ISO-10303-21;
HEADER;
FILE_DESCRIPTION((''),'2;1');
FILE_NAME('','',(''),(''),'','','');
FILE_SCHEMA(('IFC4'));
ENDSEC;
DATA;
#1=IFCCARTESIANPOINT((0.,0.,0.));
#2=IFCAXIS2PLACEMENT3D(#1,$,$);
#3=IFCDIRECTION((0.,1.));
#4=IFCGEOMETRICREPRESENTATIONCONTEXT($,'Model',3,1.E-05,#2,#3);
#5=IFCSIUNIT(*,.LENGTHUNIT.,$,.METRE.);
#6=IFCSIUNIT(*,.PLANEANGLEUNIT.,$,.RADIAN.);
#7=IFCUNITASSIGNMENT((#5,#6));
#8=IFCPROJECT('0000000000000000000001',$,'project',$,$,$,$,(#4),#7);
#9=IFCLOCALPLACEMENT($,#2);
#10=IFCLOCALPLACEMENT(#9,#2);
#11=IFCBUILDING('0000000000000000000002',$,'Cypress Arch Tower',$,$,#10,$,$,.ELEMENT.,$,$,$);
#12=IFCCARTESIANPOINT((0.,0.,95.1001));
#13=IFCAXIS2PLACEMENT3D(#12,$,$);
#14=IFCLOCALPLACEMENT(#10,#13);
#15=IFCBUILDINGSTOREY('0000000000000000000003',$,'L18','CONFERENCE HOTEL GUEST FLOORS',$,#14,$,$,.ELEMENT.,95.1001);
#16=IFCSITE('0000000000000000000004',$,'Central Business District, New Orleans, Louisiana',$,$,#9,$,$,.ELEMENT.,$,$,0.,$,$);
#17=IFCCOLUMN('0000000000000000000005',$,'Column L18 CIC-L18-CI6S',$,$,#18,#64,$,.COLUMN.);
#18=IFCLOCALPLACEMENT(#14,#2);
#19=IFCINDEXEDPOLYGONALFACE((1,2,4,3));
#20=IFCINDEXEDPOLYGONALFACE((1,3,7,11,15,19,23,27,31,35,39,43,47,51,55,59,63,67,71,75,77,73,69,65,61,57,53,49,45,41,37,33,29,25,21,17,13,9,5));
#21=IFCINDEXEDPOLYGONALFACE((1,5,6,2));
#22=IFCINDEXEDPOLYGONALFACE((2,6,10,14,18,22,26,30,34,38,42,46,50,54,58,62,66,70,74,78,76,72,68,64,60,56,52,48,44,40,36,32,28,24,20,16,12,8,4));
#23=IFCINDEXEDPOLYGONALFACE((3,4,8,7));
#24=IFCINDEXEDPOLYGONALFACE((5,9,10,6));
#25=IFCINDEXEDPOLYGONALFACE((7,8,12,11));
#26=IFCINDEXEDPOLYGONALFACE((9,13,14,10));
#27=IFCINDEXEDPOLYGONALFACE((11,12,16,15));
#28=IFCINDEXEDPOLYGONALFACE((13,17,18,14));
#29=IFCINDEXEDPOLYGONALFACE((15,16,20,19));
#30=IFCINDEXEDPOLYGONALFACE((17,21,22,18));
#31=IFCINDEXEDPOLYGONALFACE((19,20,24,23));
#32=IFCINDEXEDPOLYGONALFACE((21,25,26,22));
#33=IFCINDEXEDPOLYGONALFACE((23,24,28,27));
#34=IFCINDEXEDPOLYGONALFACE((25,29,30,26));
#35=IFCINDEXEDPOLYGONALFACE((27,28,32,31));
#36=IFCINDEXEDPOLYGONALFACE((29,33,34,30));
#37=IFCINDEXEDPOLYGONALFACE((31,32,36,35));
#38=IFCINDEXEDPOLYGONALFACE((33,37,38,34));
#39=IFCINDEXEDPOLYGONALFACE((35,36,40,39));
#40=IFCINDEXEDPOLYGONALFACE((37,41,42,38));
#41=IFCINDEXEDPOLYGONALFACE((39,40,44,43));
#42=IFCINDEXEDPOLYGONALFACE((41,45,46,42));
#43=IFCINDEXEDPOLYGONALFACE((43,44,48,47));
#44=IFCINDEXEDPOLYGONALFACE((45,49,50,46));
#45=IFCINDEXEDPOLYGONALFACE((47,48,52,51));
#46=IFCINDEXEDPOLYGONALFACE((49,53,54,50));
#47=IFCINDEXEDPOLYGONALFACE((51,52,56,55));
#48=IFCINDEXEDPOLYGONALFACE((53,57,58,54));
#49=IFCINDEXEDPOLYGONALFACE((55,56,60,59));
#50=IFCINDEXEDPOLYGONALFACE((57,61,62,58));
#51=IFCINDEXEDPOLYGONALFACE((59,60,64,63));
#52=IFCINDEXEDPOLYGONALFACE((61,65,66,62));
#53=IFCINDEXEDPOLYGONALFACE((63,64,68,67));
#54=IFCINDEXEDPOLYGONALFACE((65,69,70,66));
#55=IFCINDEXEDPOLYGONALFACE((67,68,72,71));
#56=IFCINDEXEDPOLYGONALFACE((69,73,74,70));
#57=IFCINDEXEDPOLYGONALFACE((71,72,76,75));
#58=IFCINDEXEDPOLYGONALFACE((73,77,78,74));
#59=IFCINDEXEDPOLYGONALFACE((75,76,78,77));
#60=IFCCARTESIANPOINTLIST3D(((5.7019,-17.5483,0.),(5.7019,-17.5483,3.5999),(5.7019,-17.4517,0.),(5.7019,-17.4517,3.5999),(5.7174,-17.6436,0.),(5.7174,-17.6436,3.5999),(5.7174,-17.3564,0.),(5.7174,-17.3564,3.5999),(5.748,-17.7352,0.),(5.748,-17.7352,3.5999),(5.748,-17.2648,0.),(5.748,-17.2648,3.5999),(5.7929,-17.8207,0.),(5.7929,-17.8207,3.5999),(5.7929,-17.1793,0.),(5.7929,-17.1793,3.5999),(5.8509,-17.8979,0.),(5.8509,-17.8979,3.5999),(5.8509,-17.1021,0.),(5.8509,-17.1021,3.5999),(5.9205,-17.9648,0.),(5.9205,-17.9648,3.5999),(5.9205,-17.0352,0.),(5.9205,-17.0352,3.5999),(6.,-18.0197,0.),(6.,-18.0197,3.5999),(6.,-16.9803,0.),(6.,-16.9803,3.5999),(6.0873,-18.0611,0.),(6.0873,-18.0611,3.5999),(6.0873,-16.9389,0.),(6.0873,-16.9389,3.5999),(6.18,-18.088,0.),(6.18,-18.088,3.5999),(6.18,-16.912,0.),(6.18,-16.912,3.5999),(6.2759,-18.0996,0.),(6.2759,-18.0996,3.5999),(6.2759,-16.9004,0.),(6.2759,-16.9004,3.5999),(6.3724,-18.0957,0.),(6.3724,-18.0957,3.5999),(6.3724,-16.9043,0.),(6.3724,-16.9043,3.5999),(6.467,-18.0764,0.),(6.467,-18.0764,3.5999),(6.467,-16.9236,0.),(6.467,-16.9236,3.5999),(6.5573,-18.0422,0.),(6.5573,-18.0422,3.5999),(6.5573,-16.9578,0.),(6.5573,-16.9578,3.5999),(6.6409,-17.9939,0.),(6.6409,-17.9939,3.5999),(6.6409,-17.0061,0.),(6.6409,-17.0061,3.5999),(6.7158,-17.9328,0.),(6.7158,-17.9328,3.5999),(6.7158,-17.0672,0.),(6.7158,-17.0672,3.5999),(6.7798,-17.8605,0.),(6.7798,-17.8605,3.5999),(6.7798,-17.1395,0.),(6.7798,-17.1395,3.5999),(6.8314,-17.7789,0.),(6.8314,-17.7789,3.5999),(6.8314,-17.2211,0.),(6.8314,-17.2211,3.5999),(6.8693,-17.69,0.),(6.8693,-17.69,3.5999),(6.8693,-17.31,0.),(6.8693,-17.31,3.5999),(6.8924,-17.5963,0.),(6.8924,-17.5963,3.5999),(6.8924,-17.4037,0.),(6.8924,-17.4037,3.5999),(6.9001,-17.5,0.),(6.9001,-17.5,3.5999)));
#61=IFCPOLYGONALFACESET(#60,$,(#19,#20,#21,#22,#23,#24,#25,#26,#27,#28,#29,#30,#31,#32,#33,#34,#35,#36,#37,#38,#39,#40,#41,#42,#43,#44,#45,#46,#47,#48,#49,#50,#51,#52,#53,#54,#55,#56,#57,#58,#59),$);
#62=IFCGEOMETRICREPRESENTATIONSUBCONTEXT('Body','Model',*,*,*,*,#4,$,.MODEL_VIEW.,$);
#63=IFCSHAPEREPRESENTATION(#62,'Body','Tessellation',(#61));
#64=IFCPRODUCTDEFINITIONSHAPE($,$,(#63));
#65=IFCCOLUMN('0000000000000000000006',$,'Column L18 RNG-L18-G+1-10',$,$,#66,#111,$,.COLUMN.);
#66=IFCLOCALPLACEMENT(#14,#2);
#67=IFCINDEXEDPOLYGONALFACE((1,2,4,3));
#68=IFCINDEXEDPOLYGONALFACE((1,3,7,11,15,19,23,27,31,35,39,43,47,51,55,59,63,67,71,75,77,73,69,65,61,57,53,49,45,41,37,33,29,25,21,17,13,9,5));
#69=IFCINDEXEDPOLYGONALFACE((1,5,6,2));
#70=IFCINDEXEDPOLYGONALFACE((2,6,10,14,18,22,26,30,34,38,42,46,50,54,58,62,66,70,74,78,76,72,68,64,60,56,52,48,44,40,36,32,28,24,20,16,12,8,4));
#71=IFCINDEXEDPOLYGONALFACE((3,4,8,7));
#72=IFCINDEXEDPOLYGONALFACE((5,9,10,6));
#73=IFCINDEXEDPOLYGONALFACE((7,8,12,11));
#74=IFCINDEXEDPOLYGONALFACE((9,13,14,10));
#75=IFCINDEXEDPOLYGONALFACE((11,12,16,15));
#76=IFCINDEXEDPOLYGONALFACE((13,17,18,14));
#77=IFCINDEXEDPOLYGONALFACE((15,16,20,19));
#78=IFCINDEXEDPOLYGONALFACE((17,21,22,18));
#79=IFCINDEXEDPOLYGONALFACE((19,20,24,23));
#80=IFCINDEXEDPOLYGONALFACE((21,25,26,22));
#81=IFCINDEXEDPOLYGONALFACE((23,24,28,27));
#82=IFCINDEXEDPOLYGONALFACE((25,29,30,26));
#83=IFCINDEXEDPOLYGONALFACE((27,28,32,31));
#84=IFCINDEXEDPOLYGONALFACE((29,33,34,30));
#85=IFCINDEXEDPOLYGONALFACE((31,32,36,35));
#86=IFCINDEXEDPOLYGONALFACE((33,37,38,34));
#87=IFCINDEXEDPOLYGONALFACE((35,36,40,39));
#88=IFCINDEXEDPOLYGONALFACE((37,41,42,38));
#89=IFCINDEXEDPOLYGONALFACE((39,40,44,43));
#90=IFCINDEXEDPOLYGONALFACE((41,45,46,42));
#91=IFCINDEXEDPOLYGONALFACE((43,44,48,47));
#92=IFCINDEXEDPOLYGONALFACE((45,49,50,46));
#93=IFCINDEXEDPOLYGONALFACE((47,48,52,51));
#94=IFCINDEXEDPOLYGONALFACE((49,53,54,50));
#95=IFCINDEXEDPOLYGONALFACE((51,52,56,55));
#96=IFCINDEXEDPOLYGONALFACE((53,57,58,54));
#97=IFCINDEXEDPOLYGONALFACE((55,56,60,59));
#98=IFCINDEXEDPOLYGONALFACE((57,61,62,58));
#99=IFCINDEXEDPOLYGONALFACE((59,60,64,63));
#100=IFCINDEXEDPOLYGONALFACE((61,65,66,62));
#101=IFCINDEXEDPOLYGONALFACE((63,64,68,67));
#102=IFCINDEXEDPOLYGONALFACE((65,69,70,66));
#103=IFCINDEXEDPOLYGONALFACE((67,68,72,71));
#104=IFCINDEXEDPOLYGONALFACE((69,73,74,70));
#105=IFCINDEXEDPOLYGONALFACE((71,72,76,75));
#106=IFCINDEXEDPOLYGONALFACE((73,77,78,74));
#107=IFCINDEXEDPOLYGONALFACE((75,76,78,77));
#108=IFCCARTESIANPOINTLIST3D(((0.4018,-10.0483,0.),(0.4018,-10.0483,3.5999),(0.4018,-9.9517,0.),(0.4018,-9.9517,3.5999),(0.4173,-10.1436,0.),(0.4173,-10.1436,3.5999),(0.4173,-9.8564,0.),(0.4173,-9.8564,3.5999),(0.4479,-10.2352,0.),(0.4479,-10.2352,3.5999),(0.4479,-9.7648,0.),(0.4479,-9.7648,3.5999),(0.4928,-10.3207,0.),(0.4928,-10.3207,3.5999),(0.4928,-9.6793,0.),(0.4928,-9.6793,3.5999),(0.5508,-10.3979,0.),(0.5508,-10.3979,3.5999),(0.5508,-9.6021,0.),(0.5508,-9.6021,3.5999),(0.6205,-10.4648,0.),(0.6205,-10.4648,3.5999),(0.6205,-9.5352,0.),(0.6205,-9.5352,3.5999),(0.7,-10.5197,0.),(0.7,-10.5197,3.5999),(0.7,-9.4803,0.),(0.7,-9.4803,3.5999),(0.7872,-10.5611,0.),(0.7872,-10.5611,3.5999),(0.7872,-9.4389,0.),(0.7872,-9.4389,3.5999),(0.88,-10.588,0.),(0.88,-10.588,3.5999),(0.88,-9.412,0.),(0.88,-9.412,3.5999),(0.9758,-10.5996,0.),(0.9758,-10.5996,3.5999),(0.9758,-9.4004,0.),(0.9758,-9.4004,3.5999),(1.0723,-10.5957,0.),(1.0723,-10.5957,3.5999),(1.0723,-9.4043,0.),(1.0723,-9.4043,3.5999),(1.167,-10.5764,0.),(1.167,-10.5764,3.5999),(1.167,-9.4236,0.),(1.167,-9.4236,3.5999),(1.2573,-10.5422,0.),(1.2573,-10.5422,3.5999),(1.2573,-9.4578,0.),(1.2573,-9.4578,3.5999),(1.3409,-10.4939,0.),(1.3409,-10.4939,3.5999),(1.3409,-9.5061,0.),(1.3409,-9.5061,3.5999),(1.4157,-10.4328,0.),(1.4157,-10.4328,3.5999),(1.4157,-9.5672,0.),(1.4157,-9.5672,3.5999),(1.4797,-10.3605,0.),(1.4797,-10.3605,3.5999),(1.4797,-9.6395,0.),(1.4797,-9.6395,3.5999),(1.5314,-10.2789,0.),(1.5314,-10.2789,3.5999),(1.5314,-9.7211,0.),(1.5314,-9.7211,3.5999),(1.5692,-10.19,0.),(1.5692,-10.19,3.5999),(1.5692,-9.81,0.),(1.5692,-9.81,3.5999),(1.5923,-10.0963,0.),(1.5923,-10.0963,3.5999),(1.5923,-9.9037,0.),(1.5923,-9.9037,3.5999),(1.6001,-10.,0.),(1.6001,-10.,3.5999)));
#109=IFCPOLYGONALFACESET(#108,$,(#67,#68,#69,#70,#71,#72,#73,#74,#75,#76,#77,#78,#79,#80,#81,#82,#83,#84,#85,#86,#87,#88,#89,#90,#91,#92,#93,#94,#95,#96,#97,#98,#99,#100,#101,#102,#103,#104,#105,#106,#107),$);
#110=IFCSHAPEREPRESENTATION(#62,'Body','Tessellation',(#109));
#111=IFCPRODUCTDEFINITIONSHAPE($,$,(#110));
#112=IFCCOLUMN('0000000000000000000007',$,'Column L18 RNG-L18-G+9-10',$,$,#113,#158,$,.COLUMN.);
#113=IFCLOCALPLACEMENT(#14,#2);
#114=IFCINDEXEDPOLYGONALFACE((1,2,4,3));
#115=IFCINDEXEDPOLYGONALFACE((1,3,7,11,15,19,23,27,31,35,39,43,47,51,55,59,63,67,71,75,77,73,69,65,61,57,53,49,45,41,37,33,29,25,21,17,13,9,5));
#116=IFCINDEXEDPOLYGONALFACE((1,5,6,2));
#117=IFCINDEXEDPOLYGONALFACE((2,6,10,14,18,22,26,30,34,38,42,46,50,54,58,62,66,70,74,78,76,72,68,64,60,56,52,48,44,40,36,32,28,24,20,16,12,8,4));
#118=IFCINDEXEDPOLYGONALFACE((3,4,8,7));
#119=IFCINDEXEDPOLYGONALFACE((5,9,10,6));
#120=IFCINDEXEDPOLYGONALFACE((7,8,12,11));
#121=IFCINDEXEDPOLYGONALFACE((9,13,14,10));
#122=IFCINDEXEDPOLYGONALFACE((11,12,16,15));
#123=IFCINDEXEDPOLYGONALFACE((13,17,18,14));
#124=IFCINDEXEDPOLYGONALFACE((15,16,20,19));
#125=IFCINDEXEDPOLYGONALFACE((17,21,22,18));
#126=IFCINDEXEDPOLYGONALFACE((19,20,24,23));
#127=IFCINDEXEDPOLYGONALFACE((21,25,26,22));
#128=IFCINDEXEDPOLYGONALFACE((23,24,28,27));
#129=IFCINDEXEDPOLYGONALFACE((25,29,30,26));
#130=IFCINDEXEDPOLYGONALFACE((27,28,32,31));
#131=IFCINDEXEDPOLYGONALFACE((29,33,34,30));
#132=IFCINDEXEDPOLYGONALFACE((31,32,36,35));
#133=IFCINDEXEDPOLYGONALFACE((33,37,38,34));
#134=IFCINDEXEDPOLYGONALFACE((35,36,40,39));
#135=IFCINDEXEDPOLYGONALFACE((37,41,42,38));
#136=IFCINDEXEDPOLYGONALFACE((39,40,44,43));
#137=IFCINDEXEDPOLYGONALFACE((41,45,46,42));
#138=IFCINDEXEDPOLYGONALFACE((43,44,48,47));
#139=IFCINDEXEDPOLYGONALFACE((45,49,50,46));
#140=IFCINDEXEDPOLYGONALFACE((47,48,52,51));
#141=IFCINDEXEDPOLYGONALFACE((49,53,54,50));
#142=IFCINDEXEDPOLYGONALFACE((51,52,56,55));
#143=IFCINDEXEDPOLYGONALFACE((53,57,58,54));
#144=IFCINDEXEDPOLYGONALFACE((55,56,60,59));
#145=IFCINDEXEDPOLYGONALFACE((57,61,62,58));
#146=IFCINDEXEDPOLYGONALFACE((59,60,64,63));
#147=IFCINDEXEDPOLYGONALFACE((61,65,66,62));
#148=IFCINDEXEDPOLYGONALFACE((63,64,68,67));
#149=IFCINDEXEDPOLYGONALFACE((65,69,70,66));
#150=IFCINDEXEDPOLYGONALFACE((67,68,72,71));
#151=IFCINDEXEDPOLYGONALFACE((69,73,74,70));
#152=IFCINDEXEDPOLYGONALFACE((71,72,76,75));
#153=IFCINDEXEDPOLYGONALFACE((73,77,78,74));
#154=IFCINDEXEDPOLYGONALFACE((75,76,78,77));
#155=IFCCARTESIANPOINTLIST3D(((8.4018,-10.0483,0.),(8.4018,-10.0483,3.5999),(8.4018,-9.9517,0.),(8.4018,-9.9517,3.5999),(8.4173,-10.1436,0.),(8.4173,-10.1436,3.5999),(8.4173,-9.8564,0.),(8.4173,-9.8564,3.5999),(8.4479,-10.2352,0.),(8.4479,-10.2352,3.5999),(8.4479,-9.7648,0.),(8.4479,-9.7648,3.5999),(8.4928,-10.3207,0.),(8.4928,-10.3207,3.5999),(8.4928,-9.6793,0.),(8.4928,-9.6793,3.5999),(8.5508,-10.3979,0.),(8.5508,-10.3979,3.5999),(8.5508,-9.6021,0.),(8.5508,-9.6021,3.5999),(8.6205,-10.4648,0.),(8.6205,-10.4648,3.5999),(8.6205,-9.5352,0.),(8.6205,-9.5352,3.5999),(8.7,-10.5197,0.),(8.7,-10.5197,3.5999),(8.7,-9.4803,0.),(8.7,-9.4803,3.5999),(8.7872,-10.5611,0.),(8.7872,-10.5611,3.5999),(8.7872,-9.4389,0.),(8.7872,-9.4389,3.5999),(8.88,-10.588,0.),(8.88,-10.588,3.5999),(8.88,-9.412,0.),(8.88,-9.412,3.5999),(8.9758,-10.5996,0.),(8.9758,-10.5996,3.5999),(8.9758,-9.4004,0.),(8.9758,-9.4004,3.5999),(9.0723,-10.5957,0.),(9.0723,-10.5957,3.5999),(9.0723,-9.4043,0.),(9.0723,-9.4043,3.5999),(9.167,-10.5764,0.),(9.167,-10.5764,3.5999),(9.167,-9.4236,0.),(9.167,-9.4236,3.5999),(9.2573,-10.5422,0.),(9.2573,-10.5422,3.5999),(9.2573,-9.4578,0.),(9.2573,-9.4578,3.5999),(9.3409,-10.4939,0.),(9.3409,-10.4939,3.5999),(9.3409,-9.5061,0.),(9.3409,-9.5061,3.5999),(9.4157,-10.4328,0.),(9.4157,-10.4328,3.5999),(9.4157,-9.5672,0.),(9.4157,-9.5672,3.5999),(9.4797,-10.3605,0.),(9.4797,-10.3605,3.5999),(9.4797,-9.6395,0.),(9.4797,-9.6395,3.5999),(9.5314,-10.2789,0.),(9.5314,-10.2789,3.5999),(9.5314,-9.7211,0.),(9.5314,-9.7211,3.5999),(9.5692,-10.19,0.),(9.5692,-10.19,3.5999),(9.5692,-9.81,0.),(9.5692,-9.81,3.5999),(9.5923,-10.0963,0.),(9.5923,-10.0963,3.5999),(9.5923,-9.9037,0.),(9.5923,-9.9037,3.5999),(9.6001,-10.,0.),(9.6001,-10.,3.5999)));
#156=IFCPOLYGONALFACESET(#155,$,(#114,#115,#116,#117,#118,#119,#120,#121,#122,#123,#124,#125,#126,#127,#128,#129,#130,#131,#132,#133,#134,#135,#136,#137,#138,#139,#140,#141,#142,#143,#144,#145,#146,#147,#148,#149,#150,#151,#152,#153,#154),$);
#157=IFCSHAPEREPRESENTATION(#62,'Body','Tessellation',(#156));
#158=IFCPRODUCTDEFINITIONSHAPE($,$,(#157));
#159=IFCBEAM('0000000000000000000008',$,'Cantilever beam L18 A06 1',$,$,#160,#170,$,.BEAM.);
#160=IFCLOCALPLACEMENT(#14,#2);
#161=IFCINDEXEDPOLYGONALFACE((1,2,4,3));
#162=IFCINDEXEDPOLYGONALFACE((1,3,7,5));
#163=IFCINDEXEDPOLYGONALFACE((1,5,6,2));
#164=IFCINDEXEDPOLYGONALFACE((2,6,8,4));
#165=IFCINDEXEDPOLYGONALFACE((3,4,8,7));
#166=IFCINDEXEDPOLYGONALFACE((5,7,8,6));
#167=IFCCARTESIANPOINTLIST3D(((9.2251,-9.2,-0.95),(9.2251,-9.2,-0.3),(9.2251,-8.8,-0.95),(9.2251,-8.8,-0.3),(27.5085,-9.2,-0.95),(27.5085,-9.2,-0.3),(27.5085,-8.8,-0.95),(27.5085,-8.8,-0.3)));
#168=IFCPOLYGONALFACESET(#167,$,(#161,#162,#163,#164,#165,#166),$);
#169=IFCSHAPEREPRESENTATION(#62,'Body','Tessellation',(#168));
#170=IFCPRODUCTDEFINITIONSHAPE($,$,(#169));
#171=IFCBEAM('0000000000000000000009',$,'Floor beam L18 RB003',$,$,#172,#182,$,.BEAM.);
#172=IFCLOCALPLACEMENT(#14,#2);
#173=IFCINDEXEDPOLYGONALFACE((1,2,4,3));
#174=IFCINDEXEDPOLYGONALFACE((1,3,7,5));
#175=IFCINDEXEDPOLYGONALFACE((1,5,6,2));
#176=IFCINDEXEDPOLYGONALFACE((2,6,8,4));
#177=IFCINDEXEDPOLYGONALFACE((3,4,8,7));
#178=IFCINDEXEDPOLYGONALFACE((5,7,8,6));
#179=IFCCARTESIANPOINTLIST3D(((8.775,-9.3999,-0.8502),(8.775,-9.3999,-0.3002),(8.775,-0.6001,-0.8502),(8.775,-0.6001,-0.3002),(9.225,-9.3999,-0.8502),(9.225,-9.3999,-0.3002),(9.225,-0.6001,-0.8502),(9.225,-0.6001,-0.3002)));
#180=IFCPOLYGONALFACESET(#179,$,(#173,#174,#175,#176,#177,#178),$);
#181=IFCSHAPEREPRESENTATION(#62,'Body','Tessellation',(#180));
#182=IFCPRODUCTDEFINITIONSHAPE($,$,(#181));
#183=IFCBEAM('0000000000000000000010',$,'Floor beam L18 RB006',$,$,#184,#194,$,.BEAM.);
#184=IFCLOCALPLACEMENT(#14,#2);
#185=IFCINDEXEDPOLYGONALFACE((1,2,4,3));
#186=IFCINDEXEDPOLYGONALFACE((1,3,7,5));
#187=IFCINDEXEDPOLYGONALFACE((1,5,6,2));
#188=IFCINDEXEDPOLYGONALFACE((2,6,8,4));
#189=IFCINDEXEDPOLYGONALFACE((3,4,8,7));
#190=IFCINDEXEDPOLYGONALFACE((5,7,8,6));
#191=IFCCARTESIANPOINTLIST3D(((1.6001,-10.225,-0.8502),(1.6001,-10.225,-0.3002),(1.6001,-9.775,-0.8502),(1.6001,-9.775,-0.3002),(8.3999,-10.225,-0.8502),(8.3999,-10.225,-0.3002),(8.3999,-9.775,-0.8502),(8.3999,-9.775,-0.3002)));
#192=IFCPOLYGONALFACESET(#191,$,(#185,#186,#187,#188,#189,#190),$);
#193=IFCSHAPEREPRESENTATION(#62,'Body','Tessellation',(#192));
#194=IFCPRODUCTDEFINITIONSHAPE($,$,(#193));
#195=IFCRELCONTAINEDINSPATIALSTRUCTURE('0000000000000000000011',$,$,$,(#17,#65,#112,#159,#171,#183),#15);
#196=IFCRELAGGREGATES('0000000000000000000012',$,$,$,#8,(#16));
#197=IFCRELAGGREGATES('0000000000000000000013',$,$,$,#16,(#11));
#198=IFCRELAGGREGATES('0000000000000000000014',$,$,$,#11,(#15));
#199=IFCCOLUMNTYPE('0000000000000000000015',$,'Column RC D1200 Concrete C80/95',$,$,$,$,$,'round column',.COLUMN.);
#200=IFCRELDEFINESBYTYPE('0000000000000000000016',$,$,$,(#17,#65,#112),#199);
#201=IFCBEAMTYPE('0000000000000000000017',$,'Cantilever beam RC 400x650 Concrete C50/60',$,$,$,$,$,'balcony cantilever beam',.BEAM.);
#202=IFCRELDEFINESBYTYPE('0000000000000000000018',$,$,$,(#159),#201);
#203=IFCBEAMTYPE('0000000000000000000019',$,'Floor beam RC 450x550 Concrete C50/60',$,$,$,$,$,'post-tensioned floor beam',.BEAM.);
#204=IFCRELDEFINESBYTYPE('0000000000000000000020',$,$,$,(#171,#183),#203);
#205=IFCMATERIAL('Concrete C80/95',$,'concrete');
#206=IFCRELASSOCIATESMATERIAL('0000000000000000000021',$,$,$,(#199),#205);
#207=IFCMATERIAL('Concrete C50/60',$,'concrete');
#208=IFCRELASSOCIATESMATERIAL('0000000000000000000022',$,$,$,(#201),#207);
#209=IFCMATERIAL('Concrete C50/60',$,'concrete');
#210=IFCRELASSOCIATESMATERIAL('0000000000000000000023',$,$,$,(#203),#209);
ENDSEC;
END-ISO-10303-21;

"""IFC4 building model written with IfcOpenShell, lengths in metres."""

from ifc_helpers import new_model, si_unit, direction, frame, origin, origin_2d, place, context, subcontext, project, spatial, rectangle, circle, extrude, material, material_profile, profile_set, type_object, element, save


model = new_model("IFC4")

# Units and contexts
model_context = context("Model", 3, precision=1e-05, world=origin(), true_north=direction((0.0, 1.0)))
body_context = subcontext(model_context, "Body", "Model", "MODEL_VIEW")
ifc_project = project(units=[si_unit("LENGTHUNIT", "METRE"), si_unit("PLANEANGLEUNIT", "RADIAN")], contexts=[model_context])

# Site, building, storey
site_placement = place(None, origin())
site = spatial("IfcSite", under=ifc_project, at=site_placement, Name="Central Business District, New Orleans, Louisiana", CompositionType="ELEMENT", RefElevation=0.0)
building_placement = place(site_placement, origin())
building = spatial("IfcBuilding", under=site, at=building_placement, Name="Cypress Arch Tower", CompositionType="ELEMENT")
storey_placement = place(building_placement, frame((0.0, 0.0, 95.1001)))
storey = spatial("IfcBuildingStorey", under=building, at=storey_placement, Name="L18", Description="CONFERENCE HOTEL GUEST FLOORS", CompositionType="ELEMENT", Elevation=95.1001)

# Columns
ifc_material_1 = material(Name="Concrete C80/95", Category="concrete")
ifc_material_profile_1 = material_profile(ifc_material_1, circle(Radius=0.6001, at=origin_2d()), Name="RC D1200")
ifc_profile_set_1 = profile_set([ifc_material_profile_1], Name="Concrete C80/95")
column_type = type_object("IfcColumnType", Name="Column RC D1200 Concrete C80/95", ElementType="round column", PredefinedType="COLUMN", material=ifc_profile_set_1)
for number, where, z_axis, x_axis, name in (
    (1, (6.3, -17.5, 0.0), (0.0, 0.0, 1.0), (1.0, 0.0, 0.0), "Column L18 CIC-L18-CI6S"),
    (2, (1.0, -10.0, 0.0), (0.0, 0.0, 1.0), (1.0, 0.0, 0.0), "Column L18 RNG-L18-G+1-10"),
    (3, (9.0, -10.0, 0.0), (0.0, 0.0, 1.0), (1.0, 0.0, 0.0), "Column L18 RNG-L18-G+9-10"),
):
    element("IfcColumn", number, at=place(storey_placement, frame(where, z_axis=z_axis, x_axis=x_axis)), inside=storey, type_object=column_type, Name=name, PredefinedType="COLUMN", context=body_context, shape_type="SweptSolid", body=[
        extrude(circle(Radius=0.6001, at=origin_2d()), origin(), (0.0, 0.0, 1.0), 3.5999),
    ])

# Beams
ifc_material_2 = material(Name="Concrete C50/60", Category="concrete")
ifc_material_profile_2 = material_profile(ifc_material_2, rectangle(XDim=0.3999, YDim=0.6499, at=origin_2d()), Name="RC 400x650")
ifc_profile_set_2 = profile_set([ifc_material_profile_2], Name="Concrete C50/60")
beam_type_1 = type_object("IfcBeamType", Name="Cantilever beam RC 400x650 Concrete C50/60", ElementType="balcony cantilever beam", PredefinedType="BEAM", material=ifc_profile_set_2)
beam_1_placement = place(storey_placement, frame((9.2251, -9.0, -0.625), z_axis=(1.0, 0.0, 0.0), x_axis=(0.0, 1.0, 0.0)))
element("IfcBeam", 4, at=beam_1_placement, inside=storey, type_object=beam_type_1, Name="Cantilever beam L18 A06 1", PredefinedType="BEAM", context=body_context, shape_type="SweptSolid", body=[
    extrude(rectangle(XDim=0.3999, YDim=0.6499, at=origin_2d()), origin(), (0.0, 0.0, 1.0), 18.2834),
])
ifc_material_3 = material(Name="Concrete C50/60", Category="concrete")
ifc_material_profile_3 = material_profile(ifc_material_3, rectangle(XDim=0.45, YDim=0.55, at=origin_2d()), Name="RC 450x550")
ifc_profile_set_3 = profile_set([ifc_material_profile_3], Name="Concrete C50/60")
beam_type_2 = type_object("IfcBeamType", Name="Floor beam RC 450x550 Concrete C50/60", ElementType="post-tensioned floor beam", PredefinedType="BEAM", material=ifc_profile_set_3)
beam_2_placement = place(storey_placement, frame((9.0, -9.3999, -0.5752), z_axis=(0.0, 1.0, 0.0), x_axis=(-1.0, 0.0, 0.0)))
element("IfcBeam", 5, at=beam_2_placement, inside=storey, type_object=beam_type_2, Name="Floor beam L18 RB003", PredefinedType="BEAM", context=body_context, shape_type="SweptSolid", body=[
    extrude(rectangle(XDim=0.45, YDim=0.55, at=origin_2d()), origin(), (0.0, 0.0, 1.0), 8.7998),
])
beam_3_placement = place(storey_placement, frame((1.6001, -10.0, -0.5752), z_axis=(1.0, 0.0, 0.0), x_axis=(0.0, 1.0, 0.0)))
element("IfcBeam", 6, at=beam_3_placement, inside=storey, type_object=beam_type_2, Name="Floor beam L18 RB006", PredefinedType="BEAM", context=body_context, shape_type="SweptSolid", body=[
    extrude(rectangle(XDim=0.45, YDim=0.55, at=origin_2d()), origin(), (0.0, 0.0, 1.0), 6.7998),
])

save(model, "model.ifc")
